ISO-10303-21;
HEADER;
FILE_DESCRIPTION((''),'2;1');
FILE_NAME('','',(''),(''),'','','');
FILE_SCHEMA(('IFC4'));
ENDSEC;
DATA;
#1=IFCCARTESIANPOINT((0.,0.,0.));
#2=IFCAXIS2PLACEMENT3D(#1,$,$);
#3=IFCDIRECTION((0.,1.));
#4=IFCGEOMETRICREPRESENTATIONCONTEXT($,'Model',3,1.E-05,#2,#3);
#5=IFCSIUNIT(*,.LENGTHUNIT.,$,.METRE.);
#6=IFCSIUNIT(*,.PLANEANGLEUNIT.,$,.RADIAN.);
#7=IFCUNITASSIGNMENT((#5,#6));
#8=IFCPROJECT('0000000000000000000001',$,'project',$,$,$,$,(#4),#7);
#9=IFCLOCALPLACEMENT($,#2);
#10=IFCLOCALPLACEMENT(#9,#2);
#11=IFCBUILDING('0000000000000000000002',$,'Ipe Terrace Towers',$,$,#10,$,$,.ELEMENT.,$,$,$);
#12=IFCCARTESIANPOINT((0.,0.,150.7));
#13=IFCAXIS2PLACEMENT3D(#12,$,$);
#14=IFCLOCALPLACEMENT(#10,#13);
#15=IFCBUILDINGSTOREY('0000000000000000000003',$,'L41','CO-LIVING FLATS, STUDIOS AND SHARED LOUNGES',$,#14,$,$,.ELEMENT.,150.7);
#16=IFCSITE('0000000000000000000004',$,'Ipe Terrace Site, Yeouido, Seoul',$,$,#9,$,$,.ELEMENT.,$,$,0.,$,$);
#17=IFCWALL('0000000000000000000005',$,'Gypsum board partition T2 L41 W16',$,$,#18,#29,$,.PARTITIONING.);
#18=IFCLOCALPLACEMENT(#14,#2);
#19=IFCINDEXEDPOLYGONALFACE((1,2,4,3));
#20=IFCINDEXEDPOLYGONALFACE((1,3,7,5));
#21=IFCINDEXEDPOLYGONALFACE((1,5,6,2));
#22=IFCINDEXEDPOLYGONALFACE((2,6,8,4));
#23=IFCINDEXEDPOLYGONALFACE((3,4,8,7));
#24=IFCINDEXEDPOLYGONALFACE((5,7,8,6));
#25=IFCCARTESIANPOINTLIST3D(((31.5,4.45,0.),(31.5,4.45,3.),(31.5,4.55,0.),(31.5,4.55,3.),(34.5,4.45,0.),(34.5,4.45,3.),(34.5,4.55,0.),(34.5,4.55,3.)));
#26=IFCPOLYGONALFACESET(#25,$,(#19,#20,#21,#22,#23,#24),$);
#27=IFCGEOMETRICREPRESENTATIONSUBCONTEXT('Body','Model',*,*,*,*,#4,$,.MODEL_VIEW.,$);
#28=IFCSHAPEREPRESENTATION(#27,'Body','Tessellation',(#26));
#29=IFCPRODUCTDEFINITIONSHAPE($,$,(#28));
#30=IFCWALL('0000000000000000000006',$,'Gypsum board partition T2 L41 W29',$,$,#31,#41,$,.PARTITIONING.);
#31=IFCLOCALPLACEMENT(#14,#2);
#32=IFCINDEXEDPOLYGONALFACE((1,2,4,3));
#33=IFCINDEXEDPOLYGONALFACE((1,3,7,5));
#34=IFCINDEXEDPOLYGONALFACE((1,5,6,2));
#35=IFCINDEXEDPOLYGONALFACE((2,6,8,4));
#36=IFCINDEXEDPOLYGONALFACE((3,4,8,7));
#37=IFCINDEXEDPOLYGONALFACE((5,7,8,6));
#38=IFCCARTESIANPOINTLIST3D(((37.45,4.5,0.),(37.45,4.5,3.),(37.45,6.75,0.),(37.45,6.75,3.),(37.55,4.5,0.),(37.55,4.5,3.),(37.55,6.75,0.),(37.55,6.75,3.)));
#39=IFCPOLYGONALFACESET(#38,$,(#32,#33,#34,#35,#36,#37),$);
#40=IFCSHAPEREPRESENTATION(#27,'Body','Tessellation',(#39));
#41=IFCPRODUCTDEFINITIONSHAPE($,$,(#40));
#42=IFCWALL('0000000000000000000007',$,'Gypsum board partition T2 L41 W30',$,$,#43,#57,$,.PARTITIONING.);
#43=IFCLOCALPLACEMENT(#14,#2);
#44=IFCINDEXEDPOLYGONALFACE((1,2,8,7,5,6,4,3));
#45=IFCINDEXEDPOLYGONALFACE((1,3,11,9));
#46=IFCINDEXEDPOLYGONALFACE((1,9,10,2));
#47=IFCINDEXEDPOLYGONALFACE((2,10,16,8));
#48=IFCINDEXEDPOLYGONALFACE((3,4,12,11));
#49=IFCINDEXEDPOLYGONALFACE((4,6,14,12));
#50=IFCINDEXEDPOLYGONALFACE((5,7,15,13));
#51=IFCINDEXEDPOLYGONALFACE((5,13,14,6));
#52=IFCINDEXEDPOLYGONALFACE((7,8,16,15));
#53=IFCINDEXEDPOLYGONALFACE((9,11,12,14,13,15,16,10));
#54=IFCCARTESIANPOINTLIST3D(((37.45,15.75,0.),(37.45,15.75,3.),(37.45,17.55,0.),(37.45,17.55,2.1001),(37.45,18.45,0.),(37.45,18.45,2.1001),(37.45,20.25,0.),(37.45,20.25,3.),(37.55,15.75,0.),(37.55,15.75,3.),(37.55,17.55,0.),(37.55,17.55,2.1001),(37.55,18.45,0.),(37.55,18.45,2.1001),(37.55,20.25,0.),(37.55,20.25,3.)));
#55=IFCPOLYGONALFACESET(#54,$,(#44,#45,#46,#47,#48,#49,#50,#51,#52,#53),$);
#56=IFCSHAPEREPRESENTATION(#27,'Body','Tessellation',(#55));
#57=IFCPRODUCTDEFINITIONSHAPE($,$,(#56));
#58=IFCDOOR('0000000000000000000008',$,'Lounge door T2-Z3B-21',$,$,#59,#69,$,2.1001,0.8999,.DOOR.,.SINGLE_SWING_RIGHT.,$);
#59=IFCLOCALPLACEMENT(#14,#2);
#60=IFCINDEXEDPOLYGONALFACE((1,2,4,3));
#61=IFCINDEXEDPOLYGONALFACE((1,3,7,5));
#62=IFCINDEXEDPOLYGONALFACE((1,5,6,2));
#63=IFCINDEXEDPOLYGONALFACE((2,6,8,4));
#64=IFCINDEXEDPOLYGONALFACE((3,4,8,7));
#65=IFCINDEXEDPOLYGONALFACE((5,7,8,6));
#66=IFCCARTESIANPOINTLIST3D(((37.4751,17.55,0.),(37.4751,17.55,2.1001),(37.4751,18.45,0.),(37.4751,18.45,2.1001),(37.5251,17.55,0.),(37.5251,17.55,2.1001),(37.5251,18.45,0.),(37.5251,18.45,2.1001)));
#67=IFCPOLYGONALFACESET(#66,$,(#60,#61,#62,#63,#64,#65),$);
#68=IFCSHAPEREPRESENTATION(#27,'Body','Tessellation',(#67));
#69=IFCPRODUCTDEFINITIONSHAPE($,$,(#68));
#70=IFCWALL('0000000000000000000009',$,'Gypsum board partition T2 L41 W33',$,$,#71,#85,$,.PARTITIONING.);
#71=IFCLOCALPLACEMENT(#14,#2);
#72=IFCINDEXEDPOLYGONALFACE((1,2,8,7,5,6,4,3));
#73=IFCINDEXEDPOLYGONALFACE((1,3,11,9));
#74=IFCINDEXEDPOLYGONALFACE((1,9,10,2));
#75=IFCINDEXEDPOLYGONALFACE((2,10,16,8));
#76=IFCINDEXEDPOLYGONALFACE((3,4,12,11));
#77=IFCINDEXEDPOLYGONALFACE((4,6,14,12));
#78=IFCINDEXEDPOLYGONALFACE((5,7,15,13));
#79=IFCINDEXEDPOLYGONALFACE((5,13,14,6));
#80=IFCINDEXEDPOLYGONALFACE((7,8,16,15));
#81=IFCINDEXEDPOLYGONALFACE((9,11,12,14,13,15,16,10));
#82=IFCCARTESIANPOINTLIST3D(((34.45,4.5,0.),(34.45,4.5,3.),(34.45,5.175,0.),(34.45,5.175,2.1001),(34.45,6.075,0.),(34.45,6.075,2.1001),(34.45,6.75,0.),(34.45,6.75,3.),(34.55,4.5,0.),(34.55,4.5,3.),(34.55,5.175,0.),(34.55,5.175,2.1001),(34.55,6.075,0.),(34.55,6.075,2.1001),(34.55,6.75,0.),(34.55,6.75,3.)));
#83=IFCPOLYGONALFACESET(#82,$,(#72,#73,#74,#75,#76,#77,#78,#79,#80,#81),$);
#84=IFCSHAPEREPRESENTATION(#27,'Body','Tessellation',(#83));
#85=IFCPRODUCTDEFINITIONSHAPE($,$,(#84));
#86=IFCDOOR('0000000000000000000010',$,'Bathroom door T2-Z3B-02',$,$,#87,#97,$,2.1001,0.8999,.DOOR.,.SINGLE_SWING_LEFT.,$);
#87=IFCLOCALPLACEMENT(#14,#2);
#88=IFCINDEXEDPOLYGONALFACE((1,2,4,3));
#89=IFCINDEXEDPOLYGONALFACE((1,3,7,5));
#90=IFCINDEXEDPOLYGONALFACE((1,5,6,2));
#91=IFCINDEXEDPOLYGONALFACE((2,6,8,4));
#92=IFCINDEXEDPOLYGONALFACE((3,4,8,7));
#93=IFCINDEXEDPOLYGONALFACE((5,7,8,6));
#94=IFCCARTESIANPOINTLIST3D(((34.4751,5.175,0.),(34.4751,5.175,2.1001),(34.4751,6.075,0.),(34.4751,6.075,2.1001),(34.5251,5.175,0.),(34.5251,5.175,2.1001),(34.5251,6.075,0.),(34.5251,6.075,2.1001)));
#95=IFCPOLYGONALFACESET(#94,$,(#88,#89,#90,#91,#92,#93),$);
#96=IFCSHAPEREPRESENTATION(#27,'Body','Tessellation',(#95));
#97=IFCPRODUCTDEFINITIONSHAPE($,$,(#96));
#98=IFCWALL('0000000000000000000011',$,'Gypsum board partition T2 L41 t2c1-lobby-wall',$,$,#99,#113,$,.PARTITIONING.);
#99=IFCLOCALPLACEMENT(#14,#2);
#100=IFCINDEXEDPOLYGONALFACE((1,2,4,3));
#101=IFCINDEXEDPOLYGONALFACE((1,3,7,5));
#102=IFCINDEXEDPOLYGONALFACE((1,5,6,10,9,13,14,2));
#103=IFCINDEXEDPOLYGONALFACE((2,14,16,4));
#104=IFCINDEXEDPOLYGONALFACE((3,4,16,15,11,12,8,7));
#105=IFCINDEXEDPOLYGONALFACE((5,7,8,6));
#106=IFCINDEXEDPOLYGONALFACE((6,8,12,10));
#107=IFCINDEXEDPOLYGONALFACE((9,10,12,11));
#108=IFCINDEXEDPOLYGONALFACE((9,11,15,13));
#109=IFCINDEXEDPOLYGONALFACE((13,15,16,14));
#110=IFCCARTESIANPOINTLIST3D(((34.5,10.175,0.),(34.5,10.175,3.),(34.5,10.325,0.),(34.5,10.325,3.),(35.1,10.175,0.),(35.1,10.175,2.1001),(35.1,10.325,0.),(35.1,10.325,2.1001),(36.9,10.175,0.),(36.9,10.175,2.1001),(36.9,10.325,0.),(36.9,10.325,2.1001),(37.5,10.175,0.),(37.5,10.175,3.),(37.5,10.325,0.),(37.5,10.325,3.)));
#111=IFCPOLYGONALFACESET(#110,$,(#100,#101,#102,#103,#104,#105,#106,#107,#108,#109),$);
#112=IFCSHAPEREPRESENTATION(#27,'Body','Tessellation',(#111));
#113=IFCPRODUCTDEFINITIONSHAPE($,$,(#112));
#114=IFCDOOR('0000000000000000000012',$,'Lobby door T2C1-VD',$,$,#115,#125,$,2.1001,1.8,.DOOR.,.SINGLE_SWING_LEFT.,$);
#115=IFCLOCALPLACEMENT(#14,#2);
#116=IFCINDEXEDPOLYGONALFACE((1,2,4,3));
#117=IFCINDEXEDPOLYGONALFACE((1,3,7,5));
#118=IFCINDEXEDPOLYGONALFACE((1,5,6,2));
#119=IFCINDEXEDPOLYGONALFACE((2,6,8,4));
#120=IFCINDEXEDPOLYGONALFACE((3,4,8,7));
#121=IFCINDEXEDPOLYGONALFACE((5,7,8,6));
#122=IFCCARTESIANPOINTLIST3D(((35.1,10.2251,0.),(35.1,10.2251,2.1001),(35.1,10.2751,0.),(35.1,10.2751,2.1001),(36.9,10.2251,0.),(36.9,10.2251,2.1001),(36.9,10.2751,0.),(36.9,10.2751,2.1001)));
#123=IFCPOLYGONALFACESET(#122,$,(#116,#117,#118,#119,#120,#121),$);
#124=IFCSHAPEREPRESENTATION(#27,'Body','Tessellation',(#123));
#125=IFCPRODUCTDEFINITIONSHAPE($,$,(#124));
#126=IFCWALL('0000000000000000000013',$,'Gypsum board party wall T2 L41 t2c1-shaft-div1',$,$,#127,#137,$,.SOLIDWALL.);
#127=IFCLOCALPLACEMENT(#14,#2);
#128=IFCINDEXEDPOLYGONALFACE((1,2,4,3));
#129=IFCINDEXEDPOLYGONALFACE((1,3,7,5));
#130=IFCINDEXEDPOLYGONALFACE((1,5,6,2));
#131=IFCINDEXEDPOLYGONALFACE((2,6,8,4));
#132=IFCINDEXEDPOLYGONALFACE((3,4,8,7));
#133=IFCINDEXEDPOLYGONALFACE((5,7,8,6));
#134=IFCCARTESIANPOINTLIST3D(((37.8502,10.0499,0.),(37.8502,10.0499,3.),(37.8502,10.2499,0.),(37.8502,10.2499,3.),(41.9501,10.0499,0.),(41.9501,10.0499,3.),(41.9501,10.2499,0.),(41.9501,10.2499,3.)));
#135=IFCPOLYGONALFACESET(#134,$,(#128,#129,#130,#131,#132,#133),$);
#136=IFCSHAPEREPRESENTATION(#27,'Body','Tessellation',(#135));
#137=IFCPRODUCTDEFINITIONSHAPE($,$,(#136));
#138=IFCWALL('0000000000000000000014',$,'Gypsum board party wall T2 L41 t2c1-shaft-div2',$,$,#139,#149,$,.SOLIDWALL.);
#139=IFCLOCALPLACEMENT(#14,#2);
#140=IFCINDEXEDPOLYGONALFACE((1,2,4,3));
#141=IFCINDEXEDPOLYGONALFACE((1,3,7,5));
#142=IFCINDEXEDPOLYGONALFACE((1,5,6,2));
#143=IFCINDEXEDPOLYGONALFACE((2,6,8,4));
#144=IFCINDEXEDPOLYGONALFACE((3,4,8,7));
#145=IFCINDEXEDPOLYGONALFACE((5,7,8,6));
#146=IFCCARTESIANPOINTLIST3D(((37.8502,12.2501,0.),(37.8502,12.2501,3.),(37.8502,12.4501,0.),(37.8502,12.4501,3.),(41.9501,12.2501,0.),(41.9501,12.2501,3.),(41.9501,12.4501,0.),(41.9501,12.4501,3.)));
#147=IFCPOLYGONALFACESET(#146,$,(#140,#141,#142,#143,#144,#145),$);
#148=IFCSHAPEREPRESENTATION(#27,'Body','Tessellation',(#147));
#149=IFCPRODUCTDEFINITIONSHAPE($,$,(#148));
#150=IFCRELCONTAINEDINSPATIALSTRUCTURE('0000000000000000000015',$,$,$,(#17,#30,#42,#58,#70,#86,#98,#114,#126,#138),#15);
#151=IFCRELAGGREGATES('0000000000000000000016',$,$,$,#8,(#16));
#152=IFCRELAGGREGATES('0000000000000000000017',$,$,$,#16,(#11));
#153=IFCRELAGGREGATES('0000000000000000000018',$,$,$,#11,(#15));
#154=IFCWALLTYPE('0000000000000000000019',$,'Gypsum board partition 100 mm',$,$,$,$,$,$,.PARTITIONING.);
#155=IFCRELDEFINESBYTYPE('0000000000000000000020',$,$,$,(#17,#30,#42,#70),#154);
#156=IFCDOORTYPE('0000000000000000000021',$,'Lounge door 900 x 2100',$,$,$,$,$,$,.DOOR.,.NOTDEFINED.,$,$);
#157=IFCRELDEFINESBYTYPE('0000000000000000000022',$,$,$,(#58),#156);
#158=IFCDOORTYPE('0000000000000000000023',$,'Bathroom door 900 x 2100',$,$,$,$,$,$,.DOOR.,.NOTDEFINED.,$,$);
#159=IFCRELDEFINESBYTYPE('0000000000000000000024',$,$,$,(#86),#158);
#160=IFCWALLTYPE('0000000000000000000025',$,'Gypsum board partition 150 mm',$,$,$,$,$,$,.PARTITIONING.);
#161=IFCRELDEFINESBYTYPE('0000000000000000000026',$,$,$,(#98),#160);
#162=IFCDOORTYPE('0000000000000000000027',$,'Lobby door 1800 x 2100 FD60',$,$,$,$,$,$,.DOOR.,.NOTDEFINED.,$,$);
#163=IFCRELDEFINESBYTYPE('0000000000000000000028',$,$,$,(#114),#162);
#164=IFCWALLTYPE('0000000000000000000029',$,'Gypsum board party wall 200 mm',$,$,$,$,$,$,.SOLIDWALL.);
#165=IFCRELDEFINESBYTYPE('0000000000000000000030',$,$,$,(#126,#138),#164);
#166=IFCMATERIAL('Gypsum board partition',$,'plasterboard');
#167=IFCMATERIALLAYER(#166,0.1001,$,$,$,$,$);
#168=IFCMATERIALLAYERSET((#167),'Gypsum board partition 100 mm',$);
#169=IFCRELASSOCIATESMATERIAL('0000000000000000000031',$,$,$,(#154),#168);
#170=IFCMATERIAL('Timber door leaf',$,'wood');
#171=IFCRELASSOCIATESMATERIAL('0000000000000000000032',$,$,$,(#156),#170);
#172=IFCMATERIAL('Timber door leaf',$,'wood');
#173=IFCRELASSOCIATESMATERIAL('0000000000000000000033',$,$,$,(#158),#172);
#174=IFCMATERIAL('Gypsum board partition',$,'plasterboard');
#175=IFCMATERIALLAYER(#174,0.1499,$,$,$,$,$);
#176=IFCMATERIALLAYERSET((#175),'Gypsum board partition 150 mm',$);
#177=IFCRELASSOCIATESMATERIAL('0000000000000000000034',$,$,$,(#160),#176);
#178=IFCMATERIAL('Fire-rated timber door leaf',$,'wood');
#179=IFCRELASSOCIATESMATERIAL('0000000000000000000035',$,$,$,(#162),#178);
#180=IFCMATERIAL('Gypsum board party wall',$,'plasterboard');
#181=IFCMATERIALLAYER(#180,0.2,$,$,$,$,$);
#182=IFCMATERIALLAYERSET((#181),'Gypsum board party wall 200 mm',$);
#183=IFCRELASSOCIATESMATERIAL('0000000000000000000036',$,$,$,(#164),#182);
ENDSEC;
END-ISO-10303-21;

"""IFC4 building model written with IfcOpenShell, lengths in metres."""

from ifc_helpers import new_model, si_unit, direction, frame, frame_2d, origin, place, context, subcontext, project, spatial, rectangle, extrude, material, layer, layer_set, type_object, element, fill, save


model = new_model("IFC4")

# Units and contexts
model_context = context("Model", 3, precision=1e-05, world=origin(), true_north=direction((0.0, 1.0)))
body_context = subcontext(model_context, "Body", "Model", "MODEL_VIEW")
ifc_project = project(units=[si_unit("LENGTHUNIT", "METRE"), si_unit("PLANEANGLEUNIT", "RADIAN")], contexts=[model_context])

# Site, building, storey
site_placement = place(None, origin())
site = spatial("IfcSite", under=ifc_project, at=site_placement, Name="Ipe Terrace Site, Yeouido, Seoul", CompositionType="ELEMENT", RefElevation=0.0)
building_placement = place(site_placement, origin())
building = spatial("IfcBuilding", under=site, at=building_placement, Name="Ipe Terrace Towers", CompositionType="ELEMENT")
storey_placement = place(building_placement, frame((0.0, 0.0, 150.7)))
storey = spatial("IfcBuildingStorey", under=building, at=storey_placement, Name="L41", Description="CO-LIVING FLATS, STUDIOS AND SHARED LOUNGES", CompositionType="ELEMENT", Elevation=150.7)

# Walls
ifc_material_1 = material(Name="Gypsum board partition", Category="plasterboard")
ifc_layer_1 = layer(ifc_material_1, 0.1001)
ifc_layer_set_1 = layer_set([ifc_layer_1], Name="Gypsum board partition 100 mm")
wall_type_1 = type_object("IfcWallType", Name="Gypsum board partition 100 mm", PredefinedType="PARTITIONING", material=ifc_layer_set_1)
wall_1_placement = place(storey_placement, frame((34.5, 4.5, 0.0), z_axis=(0.0, 0.0, 1.0), x_axis=(-1.0, 0.0, 0.0)))
element("IfcWall", 1, at=wall_1_placement, inside=storey, type_object=wall_type_1, Name="Gypsum board partition T2 L41 W16", PredefinedType="PARTITIONING", context=body_context, shape_type="SweptSolid", body=[
    extrude(rectangle(XDim=3.0, YDim=0.1001, at=frame_2d((1.5, 0.0))), origin(), (0.0, 0.0, 1.0), 3.0),
])
wall_2_placement = place(storey_placement, frame((37.5, 4.5, 0.0), z_axis=(0.0, 0.0, 1.0), x_axis=(0.0, 1.0, 0.0)))
element("IfcWall", 2, at=wall_2_placement, inside=storey, type_object=wall_type_1, Name="Gypsum board partition T2 L41 W29", PredefinedType="PARTITIONING", context=body_context, shape_type="SweptSolid", body=[
    extrude(rectangle(XDim=2.25, YDim=0.1001, at=frame_2d((1.125, 0.0))), origin(), (0.0, 0.0, 1.0), 3.0),
])

# Walls, openings, doors
wall_3_placement = place(storey_placement, frame((37.5, 15.75, 0.0), z_axis=(0.0, 0.0, 1.0), x_axis=(0.0, 1.0, 0.0)))
wall_3 = element("IfcWall", 3, at=wall_3_placement, inside=storey, type_object=wall_type_1, Name="Gypsum board partition T2 L41 W30", PredefinedType="PARTITIONING", context=body_context, shape_type="SweptSolid", body=[
    extrude(rectangle(XDim=4.5, YDim=0.1001, at=frame_2d((2.25, 0.0))), origin(), (0.0, 0.0, 1.0), 3.0),
])
opening_1_placement = place(wall_3_placement, frame((1.8, 0.0, 0.0)))
opening_1 = element("IfcOpeningElement", 4, at=opening_1_placement, cuts=wall_3, PredefinedType="OPENING", context=body_context, shape_type="SweptSolid", body=[
    extrude(rectangle(XDim=0.8999, YDim=2.1001, at=frame_2d((0.45, 1.05))), frame((0.0, 0.0601, 0.0), z_axis=(0.0, -1.0, 0.0), x_axis=(1.0, 0.0, 0.0)), (0.0, 0.0, 1.0), 0.1201),
])
ifc_material_2 = material(Name="Timber door leaf", Category="wood")
door_type_1 = type_object("IfcDoorType", Name="Lounge door 900 x 2100", OperationType="NOTDEFINED", PredefinedType="DOOR", material=ifc_material_2)
door_1_placement = place(opening_1_placement, origin())
door_1 = element("IfcDoor", 5, at=door_1_placement, inside=storey, type_object=door_type_1, Name="Lounge door T2-Z3B-21", OperationType="SINGLE_SWING_RIGHT", OverallHeight=2.1001, OverallWidth=0.8999, PredefinedType="DOOR", context=body_context, shape_type="SweptSolid", body=[
    extrude(rectangle(XDim=0.8999, YDim=2.1001, at=frame_2d((0.45, 1.05))), frame((0.0, 0.0249, 0.0), z_axis=(0.0, -1.0, 0.0), x_axis=(1.0, 0.0, 0.0)), (0.0, 0.0, 1.0), 0.05),
])
fill(opening_1, door_1)
wall_4_placement = place(storey_placement, frame((34.5, 4.5, 0.0), z_axis=(0.0, 0.0, 1.0), x_axis=(0.0, 1.0, 0.0)))
wall_4 = element("IfcWall", 6, at=wall_4_placement, inside=storey, type_object=wall_type_1, Name="Gypsum board partition T2 L41 W33", PredefinedType="PARTITIONING", context=body_context, shape_type="SweptSolid", body=[
    extrude(rectangle(XDim=2.25, YDim=0.1001, at=frame_2d((1.125, 0.0))), origin(), (0.0, 0.0, 1.0), 3.0),
])
opening_2_placement = place(wall_4_placement, frame((0.675, 0.0, 0.0)))
opening_2 = element("IfcOpeningElement", 7, at=opening_2_placement, cuts=wall_4, PredefinedType="OPENING", context=body_context, shape_type="SweptSolid", body=[
    extrude(rectangle(XDim=0.8999, YDim=2.1001, at=frame_2d((0.45, 1.05))), frame((0.0, 0.0601, 0.0), z_axis=(0.0, -1.0, 0.0), x_axis=(1.0, 0.0, 0.0)), (0.0, 0.0, 1.0), 0.1201),
])
ifc_material_3 = material(Name="Timber door leaf", Category="wood")
door_type_2 = type_object("IfcDoorType", Name="Bathroom door 900 x 2100", OperationType="NOTDEFINED", PredefinedType="DOOR", material=ifc_material_3)
door_2_placement = place(opening_2_placement, origin())
door_2 = element("IfcDoor", 8, at=door_2_placement, inside=storey, type_object=door_type_2, Name="Bathroom door T2-Z3B-02", OperationType="SINGLE_SWING_LEFT", OverallHeight=2.1001, OverallWidth=0.8999, PredefinedType="DOOR", context=body_context, shape_type="SweptSolid", body=[
    extrude(rectangle(XDim=0.8999, YDim=2.1001, at=frame_2d((0.45, 1.05))), frame((0.0, 0.0249, 0.0), z_axis=(0.0, -1.0, 0.0), x_axis=(1.0, 0.0, 0.0)), (0.0, 0.0, 1.0), 0.05),
])
fill(opening_2, door_2)
ifc_material_4 = material(Name="Gypsum board partition", Category="plasterboard")
ifc_layer_2 = layer(ifc_material_4, 0.1499)
ifc_layer_set_2 = layer_set([ifc_layer_2], Name="Gypsum board partition 150 mm")
wall_type_2 = type_object("IfcWallType", Name="Gypsum board partition 150 mm", PredefinedType="PARTITIONING", material=ifc_layer_set_2)
wall_5_placement = place(storey_placement, frame((37.5, 10.25, 0.0), z_axis=(0.0, 0.0, 1.0), x_axis=(-1.0, 0.0, 0.0)))
wall_5 = element("IfcWall", 9, at=wall_5_placement, inside=storey, type_object=wall_type_2, Name="Gypsum board partition T2 L41 t2c1-lobby-wall", PredefinedType="PARTITIONING", context=body_context, shape_type="SweptSolid", body=[
    extrude(rectangle(XDim=3.0, YDim=0.1499, at=frame_2d((1.5, 0.0))), origin(), (0.0, 0.0, 1.0), 3.0),
])
opening_3_placement = place(wall_5_placement, frame((0.6001, 0.0, 0.0)))
opening_3 = element("IfcOpeningElement", 10, at=opening_3_placement, cuts=wall_5, PredefinedType="OPENING", context=body_context, shape_type="SweptSolid", body=[
    extrude(rectangle(XDim=1.8, YDim=2.1001, at=frame_2d((0.8999, 1.05))), frame((0.0, 0.085, 0.0), z_axis=(0.0, -1.0, 0.0), x_axis=(1.0, 0.0, 0.0)), (0.0, 0.0, 1.0), 0.1699),
])
ifc_material_5 = material(Name="Fire-rated timber door leaf", Category="wood")
door_type_3 = type_object("IfcDoorType", Name="Lobby door 1800 x 2100 FD60", OperationType="NOTDEFINED", PredefinedType="DOOR", material=ifc_material_5)
door_3_placement = place(opening_3_placement, origin())
door_3 = element("IfcDoor", 11, at=door_3_placement, inside=storey, type_object=door_type_3, Name="Lobby door T2C1-VD", OperationType="SINGLE_SWING_LEFT", OverallHeight=2.1001, OverallWidth=1.8, PredefinedType="DOOR", context=body_context, shape_type="SweptSolid", body=[
    extrude(rectangle(XDim=1.8, YDim=2.1001, at=frame_2d((0.8999, 1.05))), frame((0.0, 0.0249, 0.0), z_axis=(0.0, -1.0, 0.0), x_axis=(1.0, 0.0, 0.0)), (0.0, 0.0, 1.0), 0.05),
])
fill(opening_3, door_3)

# Walls
ifc_material_6 = material(Name="Gypsum board party wall", Category="plasterboard")
ifc_layer_3 = layer(ifc_material_6, 0.2)
ifc_layer_set_3 = layer_set([ifc_layer_3], Name="Gypsum board party wall 200 mm")
wall_type_3 = type_object("IfcWallType", Name="Gypsum board party wall 200 mm", PredefinedType="SOLIDWALL", material=ifc_layer_set_3)
for number, where, z_axis, x_axis, name in (
    (12, (41.95, 10.1499, 0.0), (0.0, 0.0, 1.0), (-1.0, 0.0, 0.0), "Gypsum board party wall T2 L41 t2c1-shaft-div1"),
    (13, (41.95, 12.3501, 0.0), (0.0, 0.0, 1.0), (-1.0, 0.0, 0.0), "Gypsum board party wall T2 L41 t2c1-shaft-div2"),
):
    element("IfcWall", number, at=place(storey_placement, frame(where, z_axis=z_axis, x_axis=x_axis)), inside=storey, type_object=wall_type_3, Name=name, PredefinedType="SOLIDWALL", context=body_context, shape_type="SweptSolid", body=[
        extrude(rectangle(XDim=4.0999, YDim=0.2, at=frame_2d((2.0498, 0.0))), origin(), (0.0, 0.0, 1.0), 3.0),
    ])

save(model, "model.ifc")
